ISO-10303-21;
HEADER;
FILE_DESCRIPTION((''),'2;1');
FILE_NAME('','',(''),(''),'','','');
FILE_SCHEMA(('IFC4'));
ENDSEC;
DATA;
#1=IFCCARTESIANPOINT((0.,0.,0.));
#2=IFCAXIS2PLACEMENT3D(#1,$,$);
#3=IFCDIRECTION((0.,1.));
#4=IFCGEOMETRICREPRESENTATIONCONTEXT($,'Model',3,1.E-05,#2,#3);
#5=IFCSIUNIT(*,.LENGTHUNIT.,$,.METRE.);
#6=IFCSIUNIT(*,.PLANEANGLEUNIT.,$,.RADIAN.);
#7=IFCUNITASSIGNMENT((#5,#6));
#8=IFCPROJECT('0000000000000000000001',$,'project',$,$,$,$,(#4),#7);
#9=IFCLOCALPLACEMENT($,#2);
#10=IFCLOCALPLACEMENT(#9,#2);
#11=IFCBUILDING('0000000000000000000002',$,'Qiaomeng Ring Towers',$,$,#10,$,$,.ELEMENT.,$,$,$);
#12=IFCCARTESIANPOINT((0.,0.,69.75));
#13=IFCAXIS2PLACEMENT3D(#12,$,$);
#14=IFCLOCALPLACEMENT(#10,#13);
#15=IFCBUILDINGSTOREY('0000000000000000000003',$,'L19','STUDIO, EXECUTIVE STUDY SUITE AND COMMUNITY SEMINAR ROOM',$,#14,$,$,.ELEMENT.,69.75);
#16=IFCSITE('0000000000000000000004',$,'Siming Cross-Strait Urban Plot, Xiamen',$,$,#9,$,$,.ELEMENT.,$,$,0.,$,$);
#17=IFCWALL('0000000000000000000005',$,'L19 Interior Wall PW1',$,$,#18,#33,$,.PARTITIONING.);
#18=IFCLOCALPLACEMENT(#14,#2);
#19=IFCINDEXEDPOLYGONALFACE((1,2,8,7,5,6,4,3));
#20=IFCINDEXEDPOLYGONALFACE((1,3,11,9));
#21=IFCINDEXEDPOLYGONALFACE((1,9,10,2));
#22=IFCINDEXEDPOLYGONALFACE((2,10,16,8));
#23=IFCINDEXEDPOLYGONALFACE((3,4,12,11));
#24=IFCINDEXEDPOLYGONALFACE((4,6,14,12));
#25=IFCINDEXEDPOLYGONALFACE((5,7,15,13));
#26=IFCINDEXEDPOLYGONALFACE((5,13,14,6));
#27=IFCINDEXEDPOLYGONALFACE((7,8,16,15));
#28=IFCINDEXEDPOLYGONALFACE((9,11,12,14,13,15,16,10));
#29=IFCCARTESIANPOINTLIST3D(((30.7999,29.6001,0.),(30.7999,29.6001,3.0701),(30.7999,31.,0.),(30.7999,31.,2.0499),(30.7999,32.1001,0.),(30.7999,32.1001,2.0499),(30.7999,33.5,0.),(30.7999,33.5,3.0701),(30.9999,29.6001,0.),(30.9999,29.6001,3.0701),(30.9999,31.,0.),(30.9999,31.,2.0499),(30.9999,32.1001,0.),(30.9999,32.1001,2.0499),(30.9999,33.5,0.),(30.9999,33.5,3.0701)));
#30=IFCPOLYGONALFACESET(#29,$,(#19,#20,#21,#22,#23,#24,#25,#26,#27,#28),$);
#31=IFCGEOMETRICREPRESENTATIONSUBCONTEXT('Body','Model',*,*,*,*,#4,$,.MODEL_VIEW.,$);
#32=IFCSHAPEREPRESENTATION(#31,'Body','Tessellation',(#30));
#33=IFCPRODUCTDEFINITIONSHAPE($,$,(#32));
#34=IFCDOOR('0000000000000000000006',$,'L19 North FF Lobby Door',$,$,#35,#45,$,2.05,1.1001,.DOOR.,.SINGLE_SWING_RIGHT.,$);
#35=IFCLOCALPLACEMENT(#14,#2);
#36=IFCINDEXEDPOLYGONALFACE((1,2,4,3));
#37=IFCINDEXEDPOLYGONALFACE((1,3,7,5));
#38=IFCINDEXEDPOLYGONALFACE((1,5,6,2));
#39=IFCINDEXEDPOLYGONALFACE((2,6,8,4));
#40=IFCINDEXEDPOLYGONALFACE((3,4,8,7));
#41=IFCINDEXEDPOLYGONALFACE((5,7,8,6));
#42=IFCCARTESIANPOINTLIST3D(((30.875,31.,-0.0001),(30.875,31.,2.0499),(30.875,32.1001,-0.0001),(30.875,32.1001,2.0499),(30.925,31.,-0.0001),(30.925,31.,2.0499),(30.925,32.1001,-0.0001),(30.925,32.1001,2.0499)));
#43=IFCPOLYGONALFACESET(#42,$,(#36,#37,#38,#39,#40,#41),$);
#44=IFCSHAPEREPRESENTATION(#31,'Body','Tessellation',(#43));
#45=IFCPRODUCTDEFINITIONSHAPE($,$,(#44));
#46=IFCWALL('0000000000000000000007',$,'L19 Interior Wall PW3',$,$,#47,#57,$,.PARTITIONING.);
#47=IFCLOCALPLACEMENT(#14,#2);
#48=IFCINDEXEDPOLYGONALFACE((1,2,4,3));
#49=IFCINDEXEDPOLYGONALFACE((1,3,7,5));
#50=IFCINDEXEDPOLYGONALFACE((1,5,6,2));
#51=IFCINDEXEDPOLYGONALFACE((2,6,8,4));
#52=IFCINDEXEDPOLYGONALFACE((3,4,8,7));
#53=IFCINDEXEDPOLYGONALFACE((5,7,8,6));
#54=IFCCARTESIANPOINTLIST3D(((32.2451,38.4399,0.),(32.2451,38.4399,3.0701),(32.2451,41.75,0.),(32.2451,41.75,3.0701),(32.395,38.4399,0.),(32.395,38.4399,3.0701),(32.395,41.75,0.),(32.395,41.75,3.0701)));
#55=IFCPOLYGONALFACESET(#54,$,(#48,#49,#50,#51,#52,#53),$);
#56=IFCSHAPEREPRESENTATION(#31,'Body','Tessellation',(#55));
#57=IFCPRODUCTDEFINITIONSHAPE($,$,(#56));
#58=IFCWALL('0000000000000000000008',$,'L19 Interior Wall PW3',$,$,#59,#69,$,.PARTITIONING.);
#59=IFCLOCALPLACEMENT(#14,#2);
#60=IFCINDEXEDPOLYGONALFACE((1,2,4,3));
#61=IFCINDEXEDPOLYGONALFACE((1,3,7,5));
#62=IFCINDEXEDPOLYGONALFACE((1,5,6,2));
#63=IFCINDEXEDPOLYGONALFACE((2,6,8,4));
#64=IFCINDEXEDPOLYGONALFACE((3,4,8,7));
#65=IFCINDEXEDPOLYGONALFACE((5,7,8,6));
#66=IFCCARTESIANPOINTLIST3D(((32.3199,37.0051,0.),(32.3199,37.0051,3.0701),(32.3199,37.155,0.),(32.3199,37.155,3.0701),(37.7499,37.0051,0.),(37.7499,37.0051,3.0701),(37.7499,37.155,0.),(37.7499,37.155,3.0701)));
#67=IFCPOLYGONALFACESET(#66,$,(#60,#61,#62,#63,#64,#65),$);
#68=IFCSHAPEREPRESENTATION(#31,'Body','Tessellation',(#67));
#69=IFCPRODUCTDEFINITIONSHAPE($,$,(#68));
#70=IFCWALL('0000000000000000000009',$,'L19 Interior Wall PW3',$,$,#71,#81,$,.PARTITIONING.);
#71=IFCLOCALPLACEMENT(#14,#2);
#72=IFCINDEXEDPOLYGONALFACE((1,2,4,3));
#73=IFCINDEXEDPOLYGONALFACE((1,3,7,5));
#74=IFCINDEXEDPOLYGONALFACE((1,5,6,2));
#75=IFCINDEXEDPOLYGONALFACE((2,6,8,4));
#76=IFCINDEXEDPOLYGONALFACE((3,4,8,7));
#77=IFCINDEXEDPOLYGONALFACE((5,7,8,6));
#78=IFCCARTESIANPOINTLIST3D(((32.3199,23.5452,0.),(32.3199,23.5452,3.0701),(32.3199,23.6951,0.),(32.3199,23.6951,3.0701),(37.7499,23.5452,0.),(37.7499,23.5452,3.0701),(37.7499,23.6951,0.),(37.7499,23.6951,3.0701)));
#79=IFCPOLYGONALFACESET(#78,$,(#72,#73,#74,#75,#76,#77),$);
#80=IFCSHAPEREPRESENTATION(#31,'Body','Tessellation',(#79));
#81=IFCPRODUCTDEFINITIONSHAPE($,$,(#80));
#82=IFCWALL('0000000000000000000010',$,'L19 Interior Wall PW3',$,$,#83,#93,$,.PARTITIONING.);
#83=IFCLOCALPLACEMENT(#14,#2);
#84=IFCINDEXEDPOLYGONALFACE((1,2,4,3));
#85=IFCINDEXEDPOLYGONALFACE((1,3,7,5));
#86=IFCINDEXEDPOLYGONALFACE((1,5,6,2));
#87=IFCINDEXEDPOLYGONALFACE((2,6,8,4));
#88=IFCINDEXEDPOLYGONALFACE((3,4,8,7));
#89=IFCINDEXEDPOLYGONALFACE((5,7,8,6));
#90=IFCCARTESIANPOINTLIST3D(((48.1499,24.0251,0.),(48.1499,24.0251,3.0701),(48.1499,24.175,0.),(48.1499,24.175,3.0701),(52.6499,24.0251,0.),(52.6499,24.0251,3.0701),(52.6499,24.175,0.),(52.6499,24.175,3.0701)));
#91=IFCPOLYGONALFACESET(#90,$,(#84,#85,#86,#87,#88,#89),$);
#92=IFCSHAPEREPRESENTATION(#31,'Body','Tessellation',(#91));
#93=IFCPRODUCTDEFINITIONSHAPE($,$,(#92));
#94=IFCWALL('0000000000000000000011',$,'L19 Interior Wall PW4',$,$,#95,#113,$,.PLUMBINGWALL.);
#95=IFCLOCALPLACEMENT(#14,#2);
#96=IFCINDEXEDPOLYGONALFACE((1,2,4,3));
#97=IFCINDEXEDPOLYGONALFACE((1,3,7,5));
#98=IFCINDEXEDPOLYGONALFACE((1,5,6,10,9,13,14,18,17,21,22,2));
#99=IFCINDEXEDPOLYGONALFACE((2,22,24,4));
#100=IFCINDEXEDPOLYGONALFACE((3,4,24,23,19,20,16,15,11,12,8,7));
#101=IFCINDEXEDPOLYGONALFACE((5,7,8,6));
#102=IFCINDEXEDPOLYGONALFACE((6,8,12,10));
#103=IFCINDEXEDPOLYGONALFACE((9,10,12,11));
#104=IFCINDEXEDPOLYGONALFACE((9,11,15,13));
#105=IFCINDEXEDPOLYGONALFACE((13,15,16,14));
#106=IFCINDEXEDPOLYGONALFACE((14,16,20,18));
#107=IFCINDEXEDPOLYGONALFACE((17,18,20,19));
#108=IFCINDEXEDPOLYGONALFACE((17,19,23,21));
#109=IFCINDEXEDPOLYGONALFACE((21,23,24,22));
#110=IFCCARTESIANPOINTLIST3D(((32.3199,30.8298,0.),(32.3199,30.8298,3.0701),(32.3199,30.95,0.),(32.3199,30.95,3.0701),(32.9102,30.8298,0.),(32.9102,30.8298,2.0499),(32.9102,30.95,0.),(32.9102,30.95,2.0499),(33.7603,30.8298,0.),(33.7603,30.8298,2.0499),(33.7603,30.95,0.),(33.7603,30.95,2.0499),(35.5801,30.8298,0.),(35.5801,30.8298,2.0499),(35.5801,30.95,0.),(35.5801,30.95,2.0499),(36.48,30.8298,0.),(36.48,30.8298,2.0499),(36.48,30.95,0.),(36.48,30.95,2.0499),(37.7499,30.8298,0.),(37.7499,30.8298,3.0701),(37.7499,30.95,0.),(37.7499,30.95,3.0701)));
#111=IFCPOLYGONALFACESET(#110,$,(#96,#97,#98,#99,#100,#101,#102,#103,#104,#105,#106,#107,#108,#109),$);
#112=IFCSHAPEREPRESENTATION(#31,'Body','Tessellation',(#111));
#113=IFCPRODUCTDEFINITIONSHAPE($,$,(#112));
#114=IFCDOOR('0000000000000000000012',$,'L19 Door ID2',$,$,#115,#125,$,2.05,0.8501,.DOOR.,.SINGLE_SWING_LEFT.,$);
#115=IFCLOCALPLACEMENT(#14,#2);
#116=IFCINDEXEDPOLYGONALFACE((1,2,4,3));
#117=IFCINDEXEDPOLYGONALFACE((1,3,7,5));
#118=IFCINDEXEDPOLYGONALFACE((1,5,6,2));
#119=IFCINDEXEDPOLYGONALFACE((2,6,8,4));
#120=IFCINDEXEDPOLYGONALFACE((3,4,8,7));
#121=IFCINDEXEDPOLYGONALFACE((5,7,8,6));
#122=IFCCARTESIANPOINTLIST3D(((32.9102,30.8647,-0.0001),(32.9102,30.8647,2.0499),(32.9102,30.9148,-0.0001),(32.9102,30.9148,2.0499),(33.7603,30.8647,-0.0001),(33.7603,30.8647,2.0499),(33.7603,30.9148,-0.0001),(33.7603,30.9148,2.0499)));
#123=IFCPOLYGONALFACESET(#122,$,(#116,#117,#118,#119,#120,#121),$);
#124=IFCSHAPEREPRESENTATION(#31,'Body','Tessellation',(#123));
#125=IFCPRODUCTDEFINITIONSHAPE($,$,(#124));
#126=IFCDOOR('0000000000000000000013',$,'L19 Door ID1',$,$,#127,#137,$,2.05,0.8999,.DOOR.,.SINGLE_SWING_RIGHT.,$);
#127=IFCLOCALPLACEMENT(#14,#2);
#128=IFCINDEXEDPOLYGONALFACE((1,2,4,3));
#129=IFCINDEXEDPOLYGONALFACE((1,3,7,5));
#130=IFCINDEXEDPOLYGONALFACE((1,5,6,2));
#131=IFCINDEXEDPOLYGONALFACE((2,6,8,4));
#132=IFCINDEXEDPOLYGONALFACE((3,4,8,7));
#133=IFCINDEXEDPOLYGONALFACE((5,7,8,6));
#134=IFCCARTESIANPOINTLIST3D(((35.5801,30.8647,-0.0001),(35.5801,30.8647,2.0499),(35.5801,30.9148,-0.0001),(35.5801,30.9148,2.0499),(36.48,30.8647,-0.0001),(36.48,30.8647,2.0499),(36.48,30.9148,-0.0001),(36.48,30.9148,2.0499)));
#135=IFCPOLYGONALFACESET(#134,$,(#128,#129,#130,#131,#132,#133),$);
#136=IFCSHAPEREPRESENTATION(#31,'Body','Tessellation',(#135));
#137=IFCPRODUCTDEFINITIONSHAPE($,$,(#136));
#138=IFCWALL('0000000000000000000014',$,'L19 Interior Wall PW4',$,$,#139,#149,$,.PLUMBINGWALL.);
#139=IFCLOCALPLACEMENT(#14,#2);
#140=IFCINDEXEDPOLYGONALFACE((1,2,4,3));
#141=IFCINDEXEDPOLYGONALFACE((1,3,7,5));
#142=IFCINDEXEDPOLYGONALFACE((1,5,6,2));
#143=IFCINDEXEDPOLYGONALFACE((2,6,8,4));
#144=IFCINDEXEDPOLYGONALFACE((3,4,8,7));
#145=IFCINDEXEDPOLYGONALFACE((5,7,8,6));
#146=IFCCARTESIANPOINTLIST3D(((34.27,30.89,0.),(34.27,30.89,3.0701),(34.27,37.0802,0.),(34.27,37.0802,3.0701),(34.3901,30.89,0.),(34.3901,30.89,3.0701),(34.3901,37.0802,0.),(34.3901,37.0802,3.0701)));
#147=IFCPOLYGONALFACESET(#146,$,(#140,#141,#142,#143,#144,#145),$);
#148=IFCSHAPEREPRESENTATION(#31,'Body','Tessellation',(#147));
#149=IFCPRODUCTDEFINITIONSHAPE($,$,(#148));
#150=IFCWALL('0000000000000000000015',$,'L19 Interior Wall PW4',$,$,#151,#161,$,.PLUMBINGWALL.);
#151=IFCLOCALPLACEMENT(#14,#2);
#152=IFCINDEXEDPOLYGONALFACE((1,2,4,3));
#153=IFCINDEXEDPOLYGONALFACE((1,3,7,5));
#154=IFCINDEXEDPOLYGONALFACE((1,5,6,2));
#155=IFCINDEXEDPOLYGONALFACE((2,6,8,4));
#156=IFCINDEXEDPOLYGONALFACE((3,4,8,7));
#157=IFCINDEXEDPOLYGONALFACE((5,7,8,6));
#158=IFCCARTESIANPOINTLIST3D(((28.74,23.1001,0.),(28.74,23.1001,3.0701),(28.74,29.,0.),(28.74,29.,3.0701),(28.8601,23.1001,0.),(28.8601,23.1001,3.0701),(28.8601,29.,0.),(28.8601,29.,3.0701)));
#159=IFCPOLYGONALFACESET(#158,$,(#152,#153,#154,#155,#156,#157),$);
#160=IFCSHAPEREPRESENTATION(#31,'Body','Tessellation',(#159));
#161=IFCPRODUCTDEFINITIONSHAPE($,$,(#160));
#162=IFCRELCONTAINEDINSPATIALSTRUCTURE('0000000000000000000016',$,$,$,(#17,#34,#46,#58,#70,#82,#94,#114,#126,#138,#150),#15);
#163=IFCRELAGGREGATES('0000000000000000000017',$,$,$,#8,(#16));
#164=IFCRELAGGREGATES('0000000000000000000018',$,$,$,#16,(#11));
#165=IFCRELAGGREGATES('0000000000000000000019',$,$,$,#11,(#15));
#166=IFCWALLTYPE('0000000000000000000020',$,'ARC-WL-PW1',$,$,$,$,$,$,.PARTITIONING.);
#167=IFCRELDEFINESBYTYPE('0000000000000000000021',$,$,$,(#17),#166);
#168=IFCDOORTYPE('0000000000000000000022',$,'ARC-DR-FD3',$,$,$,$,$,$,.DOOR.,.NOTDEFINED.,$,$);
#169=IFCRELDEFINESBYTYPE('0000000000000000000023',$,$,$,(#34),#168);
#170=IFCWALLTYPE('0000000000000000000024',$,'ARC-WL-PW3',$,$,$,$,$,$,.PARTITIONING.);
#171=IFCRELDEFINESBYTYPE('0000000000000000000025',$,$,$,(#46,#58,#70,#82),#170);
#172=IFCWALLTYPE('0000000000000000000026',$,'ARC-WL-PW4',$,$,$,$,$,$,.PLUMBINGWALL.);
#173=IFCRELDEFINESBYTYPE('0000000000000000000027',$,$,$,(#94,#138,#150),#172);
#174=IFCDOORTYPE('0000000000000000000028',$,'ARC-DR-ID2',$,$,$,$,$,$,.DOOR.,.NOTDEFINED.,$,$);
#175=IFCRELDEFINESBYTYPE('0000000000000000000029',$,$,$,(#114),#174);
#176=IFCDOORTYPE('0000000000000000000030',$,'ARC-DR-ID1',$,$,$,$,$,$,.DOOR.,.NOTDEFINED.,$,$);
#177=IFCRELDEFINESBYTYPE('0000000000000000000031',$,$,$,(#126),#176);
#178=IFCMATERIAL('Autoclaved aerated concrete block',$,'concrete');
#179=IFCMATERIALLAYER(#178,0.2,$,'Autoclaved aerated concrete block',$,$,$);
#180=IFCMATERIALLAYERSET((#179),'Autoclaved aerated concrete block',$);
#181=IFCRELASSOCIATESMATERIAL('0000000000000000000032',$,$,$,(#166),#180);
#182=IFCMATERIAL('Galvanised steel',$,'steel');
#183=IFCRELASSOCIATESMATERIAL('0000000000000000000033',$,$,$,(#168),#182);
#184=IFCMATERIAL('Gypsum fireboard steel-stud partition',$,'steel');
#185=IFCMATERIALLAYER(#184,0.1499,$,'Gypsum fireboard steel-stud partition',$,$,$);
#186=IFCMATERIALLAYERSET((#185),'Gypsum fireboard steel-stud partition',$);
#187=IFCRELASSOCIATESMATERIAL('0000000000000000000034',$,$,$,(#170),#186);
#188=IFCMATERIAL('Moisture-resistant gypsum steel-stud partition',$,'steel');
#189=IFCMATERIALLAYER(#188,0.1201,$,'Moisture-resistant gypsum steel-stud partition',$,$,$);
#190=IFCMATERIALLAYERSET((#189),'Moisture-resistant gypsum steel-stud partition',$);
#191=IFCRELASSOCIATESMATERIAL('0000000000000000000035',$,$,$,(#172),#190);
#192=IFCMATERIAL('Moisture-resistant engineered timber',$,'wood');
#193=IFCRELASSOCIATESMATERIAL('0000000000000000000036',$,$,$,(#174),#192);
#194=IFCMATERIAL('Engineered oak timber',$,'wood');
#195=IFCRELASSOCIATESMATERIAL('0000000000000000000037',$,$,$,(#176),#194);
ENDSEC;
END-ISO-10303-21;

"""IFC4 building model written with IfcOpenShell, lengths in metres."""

from ifc_helpers import new_model, si_unit, direction, frame, frame_2d, origin, place, context, subcontext, project, spatial, rectangle, extrude, source, transform, mapped, material, layer, layer_set, type_object, element, fill, save


model = new_model("IFC4")

# Units and contexts
model_context = context("Model", 3, precision=1e-05, world=origin(), true_north=direction((0.0, 1.0)))
body_context = subcontext(model_context, "Body", "Model", "MODEL_VIEW")
ifc_project = project(units=[si_unit("LENGTHUNIT", "METRE"), si_unit("PLANEANGLEUNIT", "RADIAN")], contexts=[model_context])

# Site, building, storey
site_placement = place(None, origin())
site = spatial("IfcSite", under=ifc_project, at=site_placement, Name="Siming Cross-Strait Urban Plot, Xiamen", CompositionType="ELEMENT", RefElevation=0.0)
building_placement = place(site_placement, origin())
building = spatial("IfcBuilding", under=site, at=building_placement, Name="Qiaomeng Ring Towers", CompositionType="ELEMENT")
storey_placement = place(building_placement, frame((0.0, 0.0, 69.75)))
storey = spatial("IfcBuildingStorey", under=building, at=storey_placement, Name="L19", Description="STUDIO, EXECUTIVE STUDY SUITE AND COMMUNITY SEMINAR ROOM", CompositionType="ELEMENT", Elevation=69.75)

# Shared definitions
ifc_material_1 = material(Name="Autoclaved aerated concrete block", Category="concrete")
ifc_layer_1 = layer(ifc_material_1, 0.2, Name="Autoclaved aerated concrete block")
ifc_layer_set_1 = layer_set([ifc_layer_1], Name="Autoclaved aerated concrete block")
wall_type_1 = type_object("IfcWallType", Name="ARC-WL-PW1", PredefinedType="PARTITIONING", material=ifc_layer_set_1)

# Wall, opening, door
wall_1_placement = place(storey_placement, frame((30.8999, 29.6001, 0.0), z_axis=(0.0, 0.0, 1.0), x_axis=(0.0, 1.0, 0.0)))
wall_1 = element("IfcWall", 1, at=wall_1_placement, inside=storey, type_object=wall_type_1, Name="L19 Interior Wall PW1", PredefinedType="PARTITIONING", context=body_context, shape_type="SweptSolid", body=[
    extrude(rectangle(XDim=3.8999, YDim=0.2, at=frame_2d((1.95, 0.0))), origin(), (0.0, 0.0, 1.0), 3.0701),
])
opening_1_placement = place(wall_1_placement, frame((1.3999, 0.0, 0.0)))
opening_1 = element("IfcOpeningElement", 2, at=opening_1_placement, cuts=wall_1, PredefinedType="OPENING", context=body_context, shape_type="SweptSolid", body=[
    extrude(rectangle(XDim=1.1001, YDim=2.05, at=frame_2d((0.55, 1.0249))), frame((0.0, 0.1099, 0.0), z_axis=(0.0, -1.0, 0.0), x_axis=(1.0, 0.0, 0.0)), (0.0, 0.0, 1.0), 0.22),
])
ifc_material_2 = material(Name="Galvanised steel", Category="steel")
door_type_1 = type_object("IfcDoorType", Name="ARC-DR-FD3", OperationType="NOTDEFINED", PredefinedType="DOOR", material=ifc_material_2)
shared_shape_1 = source(origin(), body_context, "Body", "SweptSolid", [
    extrude(rectangle(XDim=1.1001, YDim=2.05, at=frame_2d((0.55, 1.0249))), frame((0.0, 0.0249, 0.0), z_axis=(0.0, -1.0, 0.0), x_axis=(1.0, 0.0, 0.0)), (0.0, 0.0, 1.0), 0.05),
])
door_1_placement = place(opening_1_placement, origin())
door_1 = element("IfcDoor", 3, at=door_1_placement, inside=storey, type_object=door_type_1, Name="L19 North FF Lobby Door", OperationType="SINGLE_SWING_RIGHT", OverallHeight=2.05, OverallWidth=1.1001, PredefinedType="DOOR", context=body_context, shape_type="MappedRepresentation", body=[
    mapped(shared_shape_1, transform((0.0, 0.0, 0.0), x_axis=(1.0, 0.0, 0.0), y_axis=(0.0, 1.0, 0.0), z_axis=(0.0, 0.0, 1.0), scale=1.0)),
])
fill(opening_1, door_1)

# Walls
ifc_material_3 = material(Name="Gypsum fireboard steel-stud partition", Category="steel")
ifc_layer_2 = layer(ifc_material_3, 0.1499, Name="Gypsum fireboard steel-stud partition")
ifc_layer_set_2 = layer_set([ifc_layer_2], Name="Gypsum fireboard steel-stud partition")
wall_type_2 = type_object("IfcWallType", Name="ARC-WL-PW3", PredefinedType="PARTITIONING", material=ifc_layer_set_2)
wall_2_placement = place(storey_placement, frame((32.3201, 38.4399, 0.0), z_axis=(0.0, 0.0, 1.0), x_axis=(0.0, 1.0, 0.0)))
element("IfcWall", 4, at=wall_2_placement, inside=storey, type_object=wall_type_2, Name="L19 Interior Wall PW3", PredefinedType="PARTITIONING", context=body_context, shape_type="SweptSolid", body=[
    extrude(rectangle(XDim=3.3101, YDim=0.1499, at=frame_2d((1.655, 0.0))), origin(), (0.0, 0.0, 1.0), 3.0701),
])
for number, where, z_axis, x_axis, name in (
    (5, (32.3201, 37.0801, 0.0), (0.0, 0.0, 1.0), (1.0, 0.0, 0.0), "L19 Interior Wall PW3"),
    (6, (32.3201, 23.6201, 0.0), (0.0, 0.0, 1.0), (1.0, 0.0, 0.0), "L19 Interior Wall PW3"),
):
    element("IfcWall", number, at=place(storey_placement, frame(where, z_axis=z_axis, x_axis=x_axis)), inside=storey, type_object=wall_type_2, Name=name, PredefinedType="PARTITIONING", context=body_context, shape_type="SweptSolid", body=[
        extrude(rectangle(XDim=5.4299, YDim=0.1499, at=frame_2d((2.7148, 0.0))), origin(), (0.0, 0.0, 1.0), 3.0701),
    ])
wall_3_placement = place(storey_placement, frame((48.1499, 24.1001, 0.0), z_axis=(0.0, 0.0, 1.0), x_axis=(1.0, 0.0, 0.0)))
element("IfcWall", 7, at=wall_3_placement, inside=storey, type_object=wall_type_2, Name="L19 Interior Wall PW3", PredefinedType="PARTITIONING", context=body_context, shape_type="SweptSolid", body=[
    extrude(rectangle(XDim=4.5, YDim=0.1499, at=frame_2d((2.25, 0.0))), origin(), (0.0, 0.0, 1.0), 3.0701),
])

# Wall, openings, doors
ifc_material_4 = material(Name="Moisture-resistant gypsum steel-stud partition", Category="steel")
ifc_layer_3 = layer(ifc_material_4, 0.1201, Name="Moisture-resistant gypsum steel-stud partition")
ifc_layer_set_3 = layer_set([ifc_layer_3], Name="Moisture-resistant gypsum steel-stud partition")
wall_type_3 = type_object("IfcWallType", Name="ARC-WL-PW4", PredefinedType="PLUMBINGWALL", material=ifc_layer_set_3)
wall_4_placement = place(storey_placement, frame((32.3201, 30.8899, 0.0), z_axis=(0.0, 0.0, 1.0), x_axis=(1.0, 0.0, 0.0)))
wall_4 = element("IfcWall", 8, at=wall_4_placement, inside=storey, type_object=wall_type_3, Name="L19 Interior Wall PW4", PredefinedType="PLUMBINGWALL", context=body_context, shape_type="SweptSolid", body=[
    extrude(rectangle(XDim=5.4299, YDim=0.1201, at=frame_2d((2.7148, 0.0))), origin(), (0.0, 0.0, 1.0), 3.0701),
])
opening_2_placement = place(wall_4_placement, frame((0.5901, 0.0, 0.0)))
opening_2 = element("IfcOpeningElement", 9, at=opening_2_placement, cuts=wall_4, PredefinedType="OPENING", context=body_context, shape_type="SweptSolid", body=[
    extrude(rectangle(XDim=0.8501, YDim=2.05, at=frame_2d((0.425, 1.0249))), frame((0.0, 0.0701, 0.0), z_axis=(0.0, -1.0, 0.0), x_axis=(1.0, 0.0, 0.0)), (0.0, 0.0, 1.0), 0.1401),
])
opening_3_placement = place(wall_4_placement, frame((3.26, 0.0, 0.0)))
opening_3 = element("IfcOpeningElement", 10, at=opening_3_placement, cuts=wall_4, PredefinedType="OPENING", context=body_context, shape_type="SweptSolid", body=[
    extrude(rectangle(XDim=0.8999, YDim=2.05, at=frame_2d((0.45, 1.0249))), frame((0.0, 0.0701, 0.0), z_axis=(0.0, -1.0, 0.0), x_axis=(1.0, 0.0, 0.0)), (0.0, 0.0, 1.0), 0.1401),
])
ifc_material_5 = material(Name="Moisture-resistant engineered timber", Category="wood")
door_type_2 = type_object("IfcDoorType", Name="ARC-DR-ID2", OperationType="NOTDEFINED", PredefinedType="DOOR", material=ifc_material_5)
shared_shape_2 = source(origin(), body_context, "Body", "SweptSolid", [
    extrude(rectangle(XDim=0.8501, YDim=2.05, at=frame_2d((0.425, 1.0249))), frame((0.0, 0.0249, 0.0), z_axis=(0.0, -1.0, 0.0), x_axis=(1.0, 0.0, 0.0)), (0.0, 0.0, 1.0), 0.05),
])
door_2_placement = place(opening_2_placement, origin())
door_2 = element("IfcDoor", 11, at=door_2_placement, inside=storey, type_object=door_type_2, Name="L19 Door ID2", OperationType="SINGLE_SWING_LEFT", OverallHeight=2.05, OverallWidth=0.8501, PredefinedType="DOOR", context=body_context, shape_type="MappedRepresentation", body=[
    mapped(shared_shape_2, transform((0.0, 0.0, 0.0), x_axis=(1.0, 0.0, 0.0), y_axis=(0.0, 1.0, 0.0), z_axis=(0.0, 0.0, 1.0), scale=1.0)),
])
fill(opening_2, door_2)
ifc_material_6 = material(Name="Engineered oak timber", Category="wood")
door_type_3 = type_object("IfcDoorType", Name="ARC-DR-ID1", OperationType="NOTDEFINED", PredefinedType="DOOR", material=ifc_material_6)
shared_shape_3 = source(origin(), body_context, "Body", "SweptSolid", [
    extrude(rectangle(XDim=0.8999, YDim=2.05, at=frame_2d((0.45, 1.0249))), frame((0.0, 0.0249, 0.0), z_axis=(0.0, -1.0, 0.0), x_axis=(1.0, 0.0, 0.0)), (0.0, 0.0, 1.0), 0.05),
])
door_3_placement = place(opening_3_placement, origin())
door_3 = element("IfcDoor", 12, at=door_3_placement, inside=storey, type_object=door_type_3, Name="L19 Door ID1", OperationType="SINGLE_SWING_RIGHT", OverallHeight=2.05, OverallWidth=0.8999, PredefinedType="DOOR", context=body_context, shape_type="MappedRepresentation", body=[
    mapped(shared_shape_3, transform((0.0, 0.0, 0.0), x_axis=(1.0, 0.0, 0.0), y_axis=(0.0, 1.0, 0.0), z_axis=(0.0, 0.0, 1.0), scale=1.0)),
])
fill(opening_3, door_3)

# Walls
wall_5_placement = place(storey_placement, frame((34.3301, 30.8899, 0.0), z_axis=(0.0, 0.0, 1.0), x_axis=(0.0, 1.0, 0.0)))
element("IfcWall", 13, at=wall_5_placement, inside=storey, type_object=wall_type_3, Name="L19 Interior Wall PW4", PredefinedType="PLUMBINGWALL", context=body_context, shape_type="SweptSolid", body=[
    extrude(rectangle(XDim=6.1902, YDim=0.1201, at=frame_2d((3.0952, 0.0))), origin(), (0.0, 0.0, 1.0), 3.0701),
])
wall_6_placement = place(storey_placement, frame((28.8, 23.1001, 0.0), z_axis=(0.0, 0.0, 1.0), x_axis=(0.0, 1.0, 0.0)))
element("IfcWall", 14, at=wall_6_placement, inside=storey, type_object=wall_type_3, Name="L19 Interior Wall PW4", PredefinedType="PLUMBINGWALL", context=body_context, shape_type="SweptSolid", body=[
    extrude(rectangle(XDim=5.8999, YDim=0.1201, at=frame_2d((2.95, 0.0))), origin(), (0.0, 0.0, 1.0), 3.0701),
])

save(model, "model.ifc")
